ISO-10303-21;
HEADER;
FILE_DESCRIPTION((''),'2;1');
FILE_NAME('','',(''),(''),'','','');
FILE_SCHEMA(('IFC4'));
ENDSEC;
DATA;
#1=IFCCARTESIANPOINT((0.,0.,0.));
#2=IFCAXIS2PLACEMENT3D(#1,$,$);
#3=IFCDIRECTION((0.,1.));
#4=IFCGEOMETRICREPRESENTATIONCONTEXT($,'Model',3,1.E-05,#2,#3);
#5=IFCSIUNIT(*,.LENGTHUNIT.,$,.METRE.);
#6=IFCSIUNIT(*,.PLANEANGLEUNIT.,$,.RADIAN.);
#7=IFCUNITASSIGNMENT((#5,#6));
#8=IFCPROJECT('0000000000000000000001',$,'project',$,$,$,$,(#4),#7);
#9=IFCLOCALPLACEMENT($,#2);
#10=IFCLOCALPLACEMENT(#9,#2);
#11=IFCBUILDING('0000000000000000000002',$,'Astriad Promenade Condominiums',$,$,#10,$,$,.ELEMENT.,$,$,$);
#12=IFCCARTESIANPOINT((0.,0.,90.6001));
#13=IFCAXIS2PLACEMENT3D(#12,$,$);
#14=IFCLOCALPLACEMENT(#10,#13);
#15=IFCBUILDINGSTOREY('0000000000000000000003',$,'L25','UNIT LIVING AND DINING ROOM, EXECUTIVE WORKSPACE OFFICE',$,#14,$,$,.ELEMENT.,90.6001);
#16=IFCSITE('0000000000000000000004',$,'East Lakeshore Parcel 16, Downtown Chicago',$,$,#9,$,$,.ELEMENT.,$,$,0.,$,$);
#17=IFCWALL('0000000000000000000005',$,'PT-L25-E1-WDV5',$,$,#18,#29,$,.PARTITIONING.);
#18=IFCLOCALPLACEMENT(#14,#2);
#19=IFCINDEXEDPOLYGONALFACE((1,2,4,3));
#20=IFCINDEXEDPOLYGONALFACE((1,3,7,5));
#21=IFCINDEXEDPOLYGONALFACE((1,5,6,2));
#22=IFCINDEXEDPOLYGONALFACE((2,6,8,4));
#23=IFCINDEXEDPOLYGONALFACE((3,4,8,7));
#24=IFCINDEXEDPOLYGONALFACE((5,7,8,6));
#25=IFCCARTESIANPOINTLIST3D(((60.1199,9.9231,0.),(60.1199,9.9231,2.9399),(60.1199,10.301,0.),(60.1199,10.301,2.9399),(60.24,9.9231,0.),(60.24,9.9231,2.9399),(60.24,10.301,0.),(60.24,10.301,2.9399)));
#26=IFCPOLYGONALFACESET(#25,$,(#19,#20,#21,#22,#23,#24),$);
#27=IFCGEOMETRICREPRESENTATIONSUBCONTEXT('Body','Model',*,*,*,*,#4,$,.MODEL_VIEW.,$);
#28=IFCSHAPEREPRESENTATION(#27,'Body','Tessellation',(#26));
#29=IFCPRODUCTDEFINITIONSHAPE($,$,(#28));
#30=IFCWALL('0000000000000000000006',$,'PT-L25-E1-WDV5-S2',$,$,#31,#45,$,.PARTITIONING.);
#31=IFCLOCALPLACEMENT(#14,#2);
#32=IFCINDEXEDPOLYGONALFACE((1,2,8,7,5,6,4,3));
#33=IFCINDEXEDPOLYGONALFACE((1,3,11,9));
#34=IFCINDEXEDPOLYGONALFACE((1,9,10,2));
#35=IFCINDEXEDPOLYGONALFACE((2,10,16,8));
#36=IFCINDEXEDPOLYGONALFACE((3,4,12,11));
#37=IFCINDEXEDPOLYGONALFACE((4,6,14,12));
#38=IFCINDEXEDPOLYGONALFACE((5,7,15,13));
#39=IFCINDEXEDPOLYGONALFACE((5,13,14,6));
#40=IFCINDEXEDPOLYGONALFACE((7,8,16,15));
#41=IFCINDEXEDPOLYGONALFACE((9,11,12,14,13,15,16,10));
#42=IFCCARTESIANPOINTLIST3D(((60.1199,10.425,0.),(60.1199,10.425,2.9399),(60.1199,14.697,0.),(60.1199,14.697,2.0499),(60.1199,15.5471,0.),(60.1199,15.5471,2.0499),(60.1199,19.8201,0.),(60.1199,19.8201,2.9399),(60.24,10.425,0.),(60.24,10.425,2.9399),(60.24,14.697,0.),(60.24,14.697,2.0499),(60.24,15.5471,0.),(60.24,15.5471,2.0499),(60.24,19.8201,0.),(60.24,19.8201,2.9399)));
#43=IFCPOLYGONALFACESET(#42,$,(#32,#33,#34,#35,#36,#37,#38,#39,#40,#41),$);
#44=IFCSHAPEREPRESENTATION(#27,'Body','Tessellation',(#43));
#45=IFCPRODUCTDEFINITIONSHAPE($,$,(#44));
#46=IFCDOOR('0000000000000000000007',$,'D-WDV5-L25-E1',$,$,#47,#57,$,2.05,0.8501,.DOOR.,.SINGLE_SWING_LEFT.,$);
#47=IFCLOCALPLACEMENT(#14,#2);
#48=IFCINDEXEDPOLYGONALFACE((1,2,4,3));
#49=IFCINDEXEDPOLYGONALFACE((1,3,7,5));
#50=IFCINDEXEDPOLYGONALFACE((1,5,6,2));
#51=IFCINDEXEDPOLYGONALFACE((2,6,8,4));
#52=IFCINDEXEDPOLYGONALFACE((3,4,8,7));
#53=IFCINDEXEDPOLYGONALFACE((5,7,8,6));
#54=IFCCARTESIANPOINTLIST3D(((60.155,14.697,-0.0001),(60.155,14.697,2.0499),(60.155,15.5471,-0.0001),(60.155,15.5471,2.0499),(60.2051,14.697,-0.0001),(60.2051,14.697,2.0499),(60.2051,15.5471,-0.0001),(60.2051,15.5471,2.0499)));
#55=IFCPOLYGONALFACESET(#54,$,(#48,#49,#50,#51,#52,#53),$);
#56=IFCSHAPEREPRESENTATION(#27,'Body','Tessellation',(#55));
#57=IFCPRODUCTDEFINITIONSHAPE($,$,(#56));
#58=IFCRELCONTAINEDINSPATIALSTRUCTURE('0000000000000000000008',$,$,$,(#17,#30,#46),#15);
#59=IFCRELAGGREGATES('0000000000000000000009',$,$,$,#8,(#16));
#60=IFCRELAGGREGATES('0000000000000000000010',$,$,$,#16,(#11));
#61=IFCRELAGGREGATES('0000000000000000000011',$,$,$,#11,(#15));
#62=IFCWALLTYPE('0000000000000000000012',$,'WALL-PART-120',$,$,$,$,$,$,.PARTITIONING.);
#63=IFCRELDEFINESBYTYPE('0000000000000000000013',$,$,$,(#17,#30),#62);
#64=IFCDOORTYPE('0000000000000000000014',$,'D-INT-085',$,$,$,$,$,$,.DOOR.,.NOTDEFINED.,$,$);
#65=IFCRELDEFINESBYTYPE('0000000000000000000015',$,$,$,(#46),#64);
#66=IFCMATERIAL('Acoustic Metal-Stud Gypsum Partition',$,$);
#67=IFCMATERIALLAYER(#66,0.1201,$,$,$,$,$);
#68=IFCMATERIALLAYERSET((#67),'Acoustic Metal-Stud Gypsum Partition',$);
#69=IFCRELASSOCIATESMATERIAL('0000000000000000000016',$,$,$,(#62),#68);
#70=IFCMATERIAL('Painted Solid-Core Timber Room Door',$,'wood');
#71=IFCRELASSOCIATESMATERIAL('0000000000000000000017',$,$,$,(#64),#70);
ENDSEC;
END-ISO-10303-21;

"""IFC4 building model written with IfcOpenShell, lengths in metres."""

from ifc_helpers import new_model, si_unit, direction, frame, frame_2d, origin, place, context, subcontext, project, spatial, rectangle, extrude, source, transform, mapped, material, layer, layer_set, type_object, type_shapes, element, fill, save


model = new_model("IFC4")

# Units and contexts
model_context = context("Model", 3, precision=1e-05, world=origin(), true_north=direction((0.0, 1.0)))
body_context = subcontext(model_context, "Body", "Model", "MODEL_VIEW")
ifc_project = project(units=[si_unit("LENGTHUNIT", "METRE"), si_unit("PLANEANGLEUNIT", "RADIAN")], contexts=[model_context])

# Site, building, storey
site_placement = place(None, origin())
site = spatial("IfcSite", under=ifc_project, at=site_placement, Name="East Lakeshore Parcel 16, Downtown Chicago", CompositionType="ELEMENT", RefElevation=0.0)
building_placement = place(site_placement, origin())
building = spatial("IfcBuilding", under=site, at=building_placement, Name="Astriad Promenade Condominiums", CompositionType="ELEMENT")
storey_placement = place(building_placement, frame((0.0, 0.0, 90.6001)))
storey = spatial("IfcBuildingStorey", under=building, at=storey_placement, Name="L25", Description="UNIT LIVING AND DINING ROOM, EXECUTIVE WORKSPACE OFFICE", CompositionType="ELEMENT", Elevation=90.6001)

# Shared definitions
ifc_material_1 = material(Name="Acoustic Metal-Stud Gypsum Partition")
ifc_layer_1 = layer(ifc_material_1, 0.1201)
ifc_layer_set_1 = layer_set([ifc_layer_1], Name="Acoustic Metal-Stud Gypsum Partition")
wall_type_1 = type_object("IfcWallType", Name="WALL-PART-120", PredefinedType="PARTITIONING", material=ifc_layer_set_1)

# Shared definitions
ifc_material_2 = material(Name="Painted Solid-Core Timber Room Door", Category="wood")
door_type_1 = type_object("IfcDoorType", Name="D-INT-085", OperationType="NOTDEFINED", PredefinedType="DOOR", material=ifc_material_2)
shared_shape_1 = source(origin(), body_context, "Body", "SweptSolid", [
    extrude(rectangle(XDim=0.8501, YDim=2.05, at=frame_2d((0.425, 1.0249))), frame((0.0, 0.0249, 0.0), z_axis=(0.0, -1.0, 0.0), x_axis=(1.0, 0.0, 0.0)), (0.0, 0.0, 1.0), 0.05),
])
type_shapes(door_type_1, [shared_shape_1])

# Wall
wall_1_placement = place(storey_placement, frame((60.1799, 9.9231, 0.0), z_axis=(0.0, 0.0, 1.0), x_axis=(0.0, 1.0, 0.0)))
element("IfcWall", 1, at=wall_1_placement, inside=storey, type_object=wall_type_1, Name="PT-L25-E1-WDV5", PredefinedType="PARTITIONING", context=body_context, shape_type="SweptSolid", body=[
    extrude(rectangle(XDim=0.3779, YDim=0.1201, at=frame_2d((0.189, 0.0))), origin(), (0.0, 0.0, 1.0), 2.9399),
])

# Wall, opening, door
wall_2_placement = place(storey_placement, frame((60.1799, 10.425, 0.0), z_axis=(0.0, 0.0, 1.0), x_axis=(0.0, 1.0, 0.0)))
wall_2 = element("IfcWall", 2, at=wall_2_placement, inside=storey, type_object=wall_type_1, Name="PT-L25-E1-WDV5-S2", PredefinedType="PARTITIONING", context=body_context, shape_type="SweptSolid", body=[
    extrude(rectangle(XDim=9.395, YDim=0.1201, at=frame_2d((4.6975, 0.0))), origin(), (0.0, 0.0, 1.0), 2.9399),
])
opening_1_placement = place(wall_2_placement, frame((4.272, 0.0, 0.0)))
opening_1 = element("IfcOpeningElement", 3, at=opening_1_placement, cuts=wall_2, PredefinedType="OPENING", context=body_context, shape_type="SweptSolid", body=[
    extrude(rectangle(XDim=0.8501, YDim=2.05, at=frame_2d((0.425, 1.0249))), frame((0.0, 0.0701, 0.0), z_axis=(0.0, -1.0, 0.0), x_axis=(1.0, 0.0, 0.0)), (0.0, 0.0, 1.0), 0.1401),
])
door_1_placement = place(opening_1_placement, origin())
door_1 = element("IfcDoor", 4, at=door_1_placement, inside=storey, type_object=door_type_1, Name="D-WDV5-L25-E1", OperationType="SINGLE_SWING_LEFT", OverallHeight=2.05, OverallWidth=0.8501, PredefinedType="DOOR", context=body_context, shape_type="MappedRepresentation", body=[
    mapped(shared_shape_1, transform((0.0, 0.0, 0.0), scale=1.0)),
])
fill(opening_1, door_1)

save(model, "model.ifc")
